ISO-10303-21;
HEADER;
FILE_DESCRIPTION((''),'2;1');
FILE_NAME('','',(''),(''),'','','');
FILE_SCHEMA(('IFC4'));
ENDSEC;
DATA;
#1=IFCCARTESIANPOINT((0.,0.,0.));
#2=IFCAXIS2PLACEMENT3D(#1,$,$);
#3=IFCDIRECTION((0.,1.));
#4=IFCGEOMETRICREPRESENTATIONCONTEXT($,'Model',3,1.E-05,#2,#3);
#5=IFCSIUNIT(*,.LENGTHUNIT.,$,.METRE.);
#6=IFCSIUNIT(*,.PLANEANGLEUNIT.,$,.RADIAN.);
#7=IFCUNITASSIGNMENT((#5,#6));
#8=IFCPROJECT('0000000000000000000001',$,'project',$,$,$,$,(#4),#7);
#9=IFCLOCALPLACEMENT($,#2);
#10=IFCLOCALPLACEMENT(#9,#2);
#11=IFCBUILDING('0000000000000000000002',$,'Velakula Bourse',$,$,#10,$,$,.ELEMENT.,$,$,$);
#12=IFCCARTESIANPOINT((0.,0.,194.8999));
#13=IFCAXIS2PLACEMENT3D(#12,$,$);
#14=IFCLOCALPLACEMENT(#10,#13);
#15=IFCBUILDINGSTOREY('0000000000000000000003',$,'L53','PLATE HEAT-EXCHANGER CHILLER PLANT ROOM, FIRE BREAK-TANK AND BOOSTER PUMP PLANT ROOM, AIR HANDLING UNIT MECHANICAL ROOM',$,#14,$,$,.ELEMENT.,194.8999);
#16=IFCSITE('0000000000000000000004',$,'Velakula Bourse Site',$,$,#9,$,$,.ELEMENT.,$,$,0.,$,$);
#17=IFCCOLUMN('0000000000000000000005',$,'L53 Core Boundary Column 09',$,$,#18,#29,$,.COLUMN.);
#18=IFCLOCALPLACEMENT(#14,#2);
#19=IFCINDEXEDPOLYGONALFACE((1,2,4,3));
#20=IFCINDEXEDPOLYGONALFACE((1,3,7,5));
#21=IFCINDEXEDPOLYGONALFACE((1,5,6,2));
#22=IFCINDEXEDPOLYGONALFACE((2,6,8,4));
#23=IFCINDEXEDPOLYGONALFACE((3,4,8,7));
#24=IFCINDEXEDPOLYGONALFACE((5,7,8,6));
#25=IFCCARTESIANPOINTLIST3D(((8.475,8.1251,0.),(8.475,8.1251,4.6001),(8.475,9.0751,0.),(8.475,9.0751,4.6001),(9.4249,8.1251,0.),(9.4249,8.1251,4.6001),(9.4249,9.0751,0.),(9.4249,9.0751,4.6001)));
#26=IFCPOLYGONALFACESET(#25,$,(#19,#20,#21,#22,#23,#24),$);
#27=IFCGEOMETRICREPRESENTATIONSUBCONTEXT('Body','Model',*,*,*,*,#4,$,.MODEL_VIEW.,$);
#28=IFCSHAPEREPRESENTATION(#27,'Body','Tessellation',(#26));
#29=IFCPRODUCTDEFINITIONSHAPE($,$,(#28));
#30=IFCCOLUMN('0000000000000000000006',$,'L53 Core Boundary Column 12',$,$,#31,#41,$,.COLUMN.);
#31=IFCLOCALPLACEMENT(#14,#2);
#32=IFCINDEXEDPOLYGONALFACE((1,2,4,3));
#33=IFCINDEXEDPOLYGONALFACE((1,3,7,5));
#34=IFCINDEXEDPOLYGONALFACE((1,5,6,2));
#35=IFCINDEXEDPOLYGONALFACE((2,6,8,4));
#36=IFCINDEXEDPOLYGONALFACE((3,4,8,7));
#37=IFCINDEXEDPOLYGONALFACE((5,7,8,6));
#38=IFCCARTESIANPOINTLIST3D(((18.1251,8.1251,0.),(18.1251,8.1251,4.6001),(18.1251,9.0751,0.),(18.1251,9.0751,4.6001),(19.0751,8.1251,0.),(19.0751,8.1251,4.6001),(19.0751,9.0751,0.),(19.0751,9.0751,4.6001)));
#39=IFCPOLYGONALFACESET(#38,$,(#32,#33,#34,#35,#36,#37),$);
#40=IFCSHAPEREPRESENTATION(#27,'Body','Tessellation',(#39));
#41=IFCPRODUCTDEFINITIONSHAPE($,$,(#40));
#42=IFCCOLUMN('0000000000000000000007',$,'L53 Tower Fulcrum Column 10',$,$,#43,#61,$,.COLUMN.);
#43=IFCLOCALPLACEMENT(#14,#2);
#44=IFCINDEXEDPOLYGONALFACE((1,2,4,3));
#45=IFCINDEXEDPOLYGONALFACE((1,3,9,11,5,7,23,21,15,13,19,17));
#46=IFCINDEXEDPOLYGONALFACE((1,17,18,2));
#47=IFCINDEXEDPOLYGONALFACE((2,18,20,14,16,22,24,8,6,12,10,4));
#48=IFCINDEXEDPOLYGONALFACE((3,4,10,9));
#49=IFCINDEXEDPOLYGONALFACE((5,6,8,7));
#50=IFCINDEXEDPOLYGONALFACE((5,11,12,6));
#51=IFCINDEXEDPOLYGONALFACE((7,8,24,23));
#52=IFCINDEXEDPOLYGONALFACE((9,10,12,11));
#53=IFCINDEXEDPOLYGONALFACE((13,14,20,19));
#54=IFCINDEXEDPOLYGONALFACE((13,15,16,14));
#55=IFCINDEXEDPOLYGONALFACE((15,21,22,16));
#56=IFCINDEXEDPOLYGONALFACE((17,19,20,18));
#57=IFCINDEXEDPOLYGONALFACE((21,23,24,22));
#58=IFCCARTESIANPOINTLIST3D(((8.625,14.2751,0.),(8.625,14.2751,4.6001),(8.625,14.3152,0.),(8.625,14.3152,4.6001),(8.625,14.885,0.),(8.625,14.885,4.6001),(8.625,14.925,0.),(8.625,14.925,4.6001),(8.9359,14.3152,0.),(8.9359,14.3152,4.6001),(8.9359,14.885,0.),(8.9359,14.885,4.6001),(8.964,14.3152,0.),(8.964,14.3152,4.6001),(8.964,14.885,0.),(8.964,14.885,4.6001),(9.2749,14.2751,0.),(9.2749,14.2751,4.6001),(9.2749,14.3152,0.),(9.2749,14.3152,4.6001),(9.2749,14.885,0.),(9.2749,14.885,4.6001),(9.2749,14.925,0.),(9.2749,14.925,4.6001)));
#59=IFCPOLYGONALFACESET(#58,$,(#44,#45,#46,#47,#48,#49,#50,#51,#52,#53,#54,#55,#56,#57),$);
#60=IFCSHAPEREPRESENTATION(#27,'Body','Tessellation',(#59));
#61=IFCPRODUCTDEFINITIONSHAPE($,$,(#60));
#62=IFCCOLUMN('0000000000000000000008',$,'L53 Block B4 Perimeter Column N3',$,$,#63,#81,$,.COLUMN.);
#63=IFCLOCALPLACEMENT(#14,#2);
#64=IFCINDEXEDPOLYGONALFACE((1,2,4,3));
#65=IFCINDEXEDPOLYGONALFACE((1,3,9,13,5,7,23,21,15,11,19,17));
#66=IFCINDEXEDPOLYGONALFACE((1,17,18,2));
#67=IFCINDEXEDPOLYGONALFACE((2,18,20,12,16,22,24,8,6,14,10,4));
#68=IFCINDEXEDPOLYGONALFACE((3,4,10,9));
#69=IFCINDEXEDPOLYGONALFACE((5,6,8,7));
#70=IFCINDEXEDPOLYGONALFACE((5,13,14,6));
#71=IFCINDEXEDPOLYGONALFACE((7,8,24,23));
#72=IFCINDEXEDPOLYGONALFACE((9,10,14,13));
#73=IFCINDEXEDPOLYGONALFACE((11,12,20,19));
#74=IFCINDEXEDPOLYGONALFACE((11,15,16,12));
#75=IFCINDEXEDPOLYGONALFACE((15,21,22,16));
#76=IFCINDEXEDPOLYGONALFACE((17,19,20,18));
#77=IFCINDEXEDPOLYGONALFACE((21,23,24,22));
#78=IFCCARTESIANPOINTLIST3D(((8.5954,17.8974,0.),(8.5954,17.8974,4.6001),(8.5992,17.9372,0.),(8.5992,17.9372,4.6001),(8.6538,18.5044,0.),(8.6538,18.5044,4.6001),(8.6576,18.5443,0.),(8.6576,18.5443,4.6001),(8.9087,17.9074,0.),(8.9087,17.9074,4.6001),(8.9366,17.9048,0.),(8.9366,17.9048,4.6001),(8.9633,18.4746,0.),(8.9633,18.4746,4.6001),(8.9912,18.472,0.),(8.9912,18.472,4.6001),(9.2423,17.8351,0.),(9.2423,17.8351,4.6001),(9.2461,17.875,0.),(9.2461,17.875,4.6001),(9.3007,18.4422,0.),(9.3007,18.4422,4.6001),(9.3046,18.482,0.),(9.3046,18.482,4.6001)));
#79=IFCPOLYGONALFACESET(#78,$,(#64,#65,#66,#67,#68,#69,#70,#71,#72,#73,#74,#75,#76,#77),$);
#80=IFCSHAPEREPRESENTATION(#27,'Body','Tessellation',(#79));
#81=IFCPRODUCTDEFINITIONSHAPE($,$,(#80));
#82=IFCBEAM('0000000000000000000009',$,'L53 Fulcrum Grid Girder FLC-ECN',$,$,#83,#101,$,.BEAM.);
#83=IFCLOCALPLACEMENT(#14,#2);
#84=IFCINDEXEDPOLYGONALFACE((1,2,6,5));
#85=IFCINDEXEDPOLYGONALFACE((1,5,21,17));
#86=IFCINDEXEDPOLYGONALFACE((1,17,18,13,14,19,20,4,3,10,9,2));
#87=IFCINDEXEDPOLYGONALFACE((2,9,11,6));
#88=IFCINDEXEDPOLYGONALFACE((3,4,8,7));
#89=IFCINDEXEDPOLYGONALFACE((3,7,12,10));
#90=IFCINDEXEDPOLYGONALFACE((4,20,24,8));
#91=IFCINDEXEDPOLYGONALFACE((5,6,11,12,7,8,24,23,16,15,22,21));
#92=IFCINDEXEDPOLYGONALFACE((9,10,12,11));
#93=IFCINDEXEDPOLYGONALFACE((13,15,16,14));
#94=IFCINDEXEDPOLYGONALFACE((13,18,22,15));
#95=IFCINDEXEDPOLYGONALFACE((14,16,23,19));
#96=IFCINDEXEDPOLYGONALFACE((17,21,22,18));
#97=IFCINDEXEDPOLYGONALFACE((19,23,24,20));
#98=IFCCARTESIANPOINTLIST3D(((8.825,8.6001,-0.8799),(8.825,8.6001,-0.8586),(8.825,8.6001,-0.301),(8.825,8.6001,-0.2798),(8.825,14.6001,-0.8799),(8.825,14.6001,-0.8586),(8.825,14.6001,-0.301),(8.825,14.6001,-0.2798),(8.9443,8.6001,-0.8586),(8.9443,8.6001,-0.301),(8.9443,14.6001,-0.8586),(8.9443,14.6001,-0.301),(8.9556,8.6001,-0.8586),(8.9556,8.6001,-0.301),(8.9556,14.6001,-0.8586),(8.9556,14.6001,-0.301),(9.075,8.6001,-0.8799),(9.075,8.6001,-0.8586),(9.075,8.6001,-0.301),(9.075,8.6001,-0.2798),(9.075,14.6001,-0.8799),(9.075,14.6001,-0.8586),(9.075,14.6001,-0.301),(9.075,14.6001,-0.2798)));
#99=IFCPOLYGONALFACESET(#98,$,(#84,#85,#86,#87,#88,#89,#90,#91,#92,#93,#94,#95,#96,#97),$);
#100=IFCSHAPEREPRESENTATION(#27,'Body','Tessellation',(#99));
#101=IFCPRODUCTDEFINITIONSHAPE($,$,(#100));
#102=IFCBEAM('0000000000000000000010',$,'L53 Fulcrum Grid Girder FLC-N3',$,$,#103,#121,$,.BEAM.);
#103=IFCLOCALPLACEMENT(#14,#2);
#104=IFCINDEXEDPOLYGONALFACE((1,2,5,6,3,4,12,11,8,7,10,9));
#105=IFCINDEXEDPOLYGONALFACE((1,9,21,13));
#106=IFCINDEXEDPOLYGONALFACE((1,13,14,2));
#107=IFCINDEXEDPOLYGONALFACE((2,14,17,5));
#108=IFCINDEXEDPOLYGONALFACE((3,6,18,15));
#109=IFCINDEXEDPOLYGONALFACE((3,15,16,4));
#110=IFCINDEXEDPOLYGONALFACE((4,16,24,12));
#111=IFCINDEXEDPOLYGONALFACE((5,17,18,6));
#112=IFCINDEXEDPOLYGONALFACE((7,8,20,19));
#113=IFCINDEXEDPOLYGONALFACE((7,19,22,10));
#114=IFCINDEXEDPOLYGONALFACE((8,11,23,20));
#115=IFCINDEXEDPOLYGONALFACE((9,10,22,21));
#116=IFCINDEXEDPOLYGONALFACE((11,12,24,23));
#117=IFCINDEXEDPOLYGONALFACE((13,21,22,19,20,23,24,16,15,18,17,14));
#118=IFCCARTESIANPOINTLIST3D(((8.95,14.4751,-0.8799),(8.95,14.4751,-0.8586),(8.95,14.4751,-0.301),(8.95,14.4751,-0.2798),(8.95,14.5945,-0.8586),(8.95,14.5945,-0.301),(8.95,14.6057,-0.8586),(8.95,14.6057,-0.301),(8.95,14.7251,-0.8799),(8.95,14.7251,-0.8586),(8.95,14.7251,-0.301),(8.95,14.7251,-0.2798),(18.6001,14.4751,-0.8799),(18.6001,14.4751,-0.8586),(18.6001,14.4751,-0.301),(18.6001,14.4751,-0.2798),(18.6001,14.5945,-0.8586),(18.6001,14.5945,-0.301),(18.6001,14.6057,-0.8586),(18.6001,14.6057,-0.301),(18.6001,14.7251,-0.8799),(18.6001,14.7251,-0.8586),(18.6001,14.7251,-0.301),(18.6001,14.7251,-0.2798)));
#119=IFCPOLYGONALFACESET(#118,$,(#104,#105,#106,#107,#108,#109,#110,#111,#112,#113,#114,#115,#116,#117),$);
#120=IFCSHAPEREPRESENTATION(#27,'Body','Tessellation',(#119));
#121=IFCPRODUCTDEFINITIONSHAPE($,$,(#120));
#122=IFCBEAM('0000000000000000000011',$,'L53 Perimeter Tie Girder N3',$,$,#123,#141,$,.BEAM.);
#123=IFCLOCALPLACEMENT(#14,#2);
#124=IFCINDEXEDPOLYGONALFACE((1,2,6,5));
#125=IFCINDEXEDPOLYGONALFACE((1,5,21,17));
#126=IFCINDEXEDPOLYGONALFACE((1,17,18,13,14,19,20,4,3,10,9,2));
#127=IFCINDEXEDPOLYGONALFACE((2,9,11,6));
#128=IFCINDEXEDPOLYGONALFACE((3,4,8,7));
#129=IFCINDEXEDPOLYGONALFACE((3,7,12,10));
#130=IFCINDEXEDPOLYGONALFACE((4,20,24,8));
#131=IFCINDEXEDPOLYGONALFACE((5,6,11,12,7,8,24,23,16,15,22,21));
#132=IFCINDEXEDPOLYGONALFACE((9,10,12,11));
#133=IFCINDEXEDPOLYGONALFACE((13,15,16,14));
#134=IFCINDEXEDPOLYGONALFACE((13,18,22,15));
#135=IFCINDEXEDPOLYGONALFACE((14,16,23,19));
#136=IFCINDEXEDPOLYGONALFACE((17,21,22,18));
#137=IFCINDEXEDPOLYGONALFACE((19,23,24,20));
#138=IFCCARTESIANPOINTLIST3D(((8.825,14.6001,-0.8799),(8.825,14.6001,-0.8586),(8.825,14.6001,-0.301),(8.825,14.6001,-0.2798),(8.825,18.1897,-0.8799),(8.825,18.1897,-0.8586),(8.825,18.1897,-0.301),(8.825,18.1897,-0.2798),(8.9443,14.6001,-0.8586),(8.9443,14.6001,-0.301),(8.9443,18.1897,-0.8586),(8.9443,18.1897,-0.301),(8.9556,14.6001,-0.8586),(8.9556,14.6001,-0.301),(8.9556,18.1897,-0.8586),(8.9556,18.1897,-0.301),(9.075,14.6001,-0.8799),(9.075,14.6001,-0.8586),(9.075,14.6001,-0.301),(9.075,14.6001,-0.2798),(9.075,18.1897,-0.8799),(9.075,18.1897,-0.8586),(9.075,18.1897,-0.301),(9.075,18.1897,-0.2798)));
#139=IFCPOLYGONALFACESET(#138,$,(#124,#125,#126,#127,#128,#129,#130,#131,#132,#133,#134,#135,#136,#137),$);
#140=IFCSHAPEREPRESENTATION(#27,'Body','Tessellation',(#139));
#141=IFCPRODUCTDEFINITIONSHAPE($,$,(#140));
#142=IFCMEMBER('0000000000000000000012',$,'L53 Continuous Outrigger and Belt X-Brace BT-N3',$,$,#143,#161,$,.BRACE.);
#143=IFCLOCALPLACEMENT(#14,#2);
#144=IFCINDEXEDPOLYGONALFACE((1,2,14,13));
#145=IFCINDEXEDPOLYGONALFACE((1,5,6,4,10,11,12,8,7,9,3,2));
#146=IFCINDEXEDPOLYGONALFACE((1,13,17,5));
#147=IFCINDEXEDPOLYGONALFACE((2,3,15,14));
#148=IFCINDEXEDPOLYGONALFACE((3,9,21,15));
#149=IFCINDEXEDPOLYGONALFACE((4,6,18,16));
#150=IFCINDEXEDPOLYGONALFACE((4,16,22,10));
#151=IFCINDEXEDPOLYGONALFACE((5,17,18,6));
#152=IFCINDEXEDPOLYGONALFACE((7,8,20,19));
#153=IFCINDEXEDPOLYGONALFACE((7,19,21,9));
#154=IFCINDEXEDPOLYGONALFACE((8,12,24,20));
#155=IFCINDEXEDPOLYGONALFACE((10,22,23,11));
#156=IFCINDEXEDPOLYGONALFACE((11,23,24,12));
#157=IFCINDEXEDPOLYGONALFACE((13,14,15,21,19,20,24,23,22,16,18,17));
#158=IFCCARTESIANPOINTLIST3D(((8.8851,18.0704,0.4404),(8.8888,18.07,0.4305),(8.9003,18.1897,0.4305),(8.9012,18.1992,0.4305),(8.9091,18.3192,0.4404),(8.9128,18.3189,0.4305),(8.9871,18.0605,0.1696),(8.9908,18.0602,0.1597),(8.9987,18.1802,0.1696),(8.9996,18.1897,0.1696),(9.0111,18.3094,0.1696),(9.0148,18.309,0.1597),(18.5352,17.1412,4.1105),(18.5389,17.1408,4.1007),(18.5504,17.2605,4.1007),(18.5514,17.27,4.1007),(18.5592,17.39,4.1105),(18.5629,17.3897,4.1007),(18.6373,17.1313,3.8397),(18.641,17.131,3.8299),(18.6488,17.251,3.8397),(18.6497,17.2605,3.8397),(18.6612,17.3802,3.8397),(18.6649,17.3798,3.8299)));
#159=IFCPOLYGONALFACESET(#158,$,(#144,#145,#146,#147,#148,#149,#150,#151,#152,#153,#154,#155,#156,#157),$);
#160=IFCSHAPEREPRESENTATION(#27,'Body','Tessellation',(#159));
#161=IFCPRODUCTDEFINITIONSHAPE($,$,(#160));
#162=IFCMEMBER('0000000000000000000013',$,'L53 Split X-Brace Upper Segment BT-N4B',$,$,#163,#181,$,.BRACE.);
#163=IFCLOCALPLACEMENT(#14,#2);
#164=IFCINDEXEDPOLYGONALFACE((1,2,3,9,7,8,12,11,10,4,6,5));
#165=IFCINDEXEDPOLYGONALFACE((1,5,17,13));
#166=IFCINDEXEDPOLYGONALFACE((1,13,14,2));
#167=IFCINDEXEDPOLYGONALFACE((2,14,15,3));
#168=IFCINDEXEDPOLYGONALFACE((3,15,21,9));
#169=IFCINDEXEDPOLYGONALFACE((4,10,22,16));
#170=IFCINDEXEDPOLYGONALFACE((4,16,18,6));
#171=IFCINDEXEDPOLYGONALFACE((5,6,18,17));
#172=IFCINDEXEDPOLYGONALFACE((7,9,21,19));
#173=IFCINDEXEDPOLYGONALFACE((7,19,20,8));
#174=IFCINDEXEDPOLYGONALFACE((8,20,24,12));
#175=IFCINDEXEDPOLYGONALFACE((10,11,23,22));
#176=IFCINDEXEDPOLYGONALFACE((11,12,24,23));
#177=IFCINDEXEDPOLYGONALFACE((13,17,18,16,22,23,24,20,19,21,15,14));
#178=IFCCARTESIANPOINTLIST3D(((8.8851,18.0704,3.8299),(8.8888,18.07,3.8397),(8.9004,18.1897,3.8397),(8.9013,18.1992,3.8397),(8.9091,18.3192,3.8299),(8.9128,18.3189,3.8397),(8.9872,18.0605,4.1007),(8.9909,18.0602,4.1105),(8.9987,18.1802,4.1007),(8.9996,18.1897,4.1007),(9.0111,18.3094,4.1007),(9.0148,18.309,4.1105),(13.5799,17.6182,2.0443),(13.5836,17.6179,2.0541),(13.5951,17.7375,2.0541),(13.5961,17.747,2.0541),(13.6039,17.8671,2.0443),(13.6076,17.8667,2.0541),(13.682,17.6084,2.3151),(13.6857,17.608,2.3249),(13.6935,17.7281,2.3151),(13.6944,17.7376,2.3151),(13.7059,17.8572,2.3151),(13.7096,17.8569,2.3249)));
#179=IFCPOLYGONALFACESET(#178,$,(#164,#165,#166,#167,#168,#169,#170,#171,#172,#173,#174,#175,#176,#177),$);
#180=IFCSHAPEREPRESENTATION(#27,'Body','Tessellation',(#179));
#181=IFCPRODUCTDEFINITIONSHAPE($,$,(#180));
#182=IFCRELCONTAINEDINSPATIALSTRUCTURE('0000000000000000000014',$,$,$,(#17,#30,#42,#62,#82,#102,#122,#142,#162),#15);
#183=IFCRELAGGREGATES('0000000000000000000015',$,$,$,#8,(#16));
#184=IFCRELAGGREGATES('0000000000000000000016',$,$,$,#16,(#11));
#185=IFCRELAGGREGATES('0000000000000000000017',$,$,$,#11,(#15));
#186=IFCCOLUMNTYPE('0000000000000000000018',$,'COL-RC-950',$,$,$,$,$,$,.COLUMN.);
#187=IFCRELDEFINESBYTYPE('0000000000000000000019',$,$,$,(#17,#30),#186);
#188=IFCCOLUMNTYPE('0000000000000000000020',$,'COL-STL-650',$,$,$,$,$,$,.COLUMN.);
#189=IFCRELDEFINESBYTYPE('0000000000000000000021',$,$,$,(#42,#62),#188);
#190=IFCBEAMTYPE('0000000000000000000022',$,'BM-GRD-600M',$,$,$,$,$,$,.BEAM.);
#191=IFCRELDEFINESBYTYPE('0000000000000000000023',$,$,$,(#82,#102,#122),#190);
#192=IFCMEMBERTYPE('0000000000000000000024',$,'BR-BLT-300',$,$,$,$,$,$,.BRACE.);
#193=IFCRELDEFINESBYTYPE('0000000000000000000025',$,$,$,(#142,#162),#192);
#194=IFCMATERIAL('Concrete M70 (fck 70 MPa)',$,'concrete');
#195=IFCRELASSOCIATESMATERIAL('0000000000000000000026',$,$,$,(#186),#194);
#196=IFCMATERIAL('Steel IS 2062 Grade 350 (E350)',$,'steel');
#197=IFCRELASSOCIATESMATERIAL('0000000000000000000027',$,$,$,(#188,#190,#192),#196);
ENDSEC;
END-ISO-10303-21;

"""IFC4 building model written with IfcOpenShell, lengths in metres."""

from ifc_helpers import new_model, si_unit, direction, frame, origin, origin_2d, place, context, subcontext, project, spatial, rectangle, i_section, extrude, material, material_profile, profile_set, type_object, element, save


model = new_model("IFC4")

# Units and contexts
model_context = context("Model", 3, precision=1e-05, world=origin(), true_north=direction((0.0, 1.0)))
body_context = subcontext(model_context, "Body", "Model", "MODEL_VIEW")
ifc_project = project(units=[si_unit("LENGTHUNIT", "METRE"), si_unit("PLANEANGLEUNIT", "RADIAN")], contexts=[model_context])

# Site, building, storey
site_placement = place(None, origin())
site = spatial("IfcSite", under=ifc_project, at=site_placement, Name="Velakula Bourse Site", CompositionType="ELEMENT", RefElevation=0.0)
building_placement = place(site_placement, origin())
building = spatial("IfcBuilding", under=site, at=building_placement, Name="Velakula Bourse", CompositionType="ELEMENT")
storey_placement = place(building_placement, frame((0.0, 0.0, 194.8999)))
storey = spatial("IfcBuildingStorey", under=building, at=storey_placement, Name="L53", Description="PLATE HEAT-EXCHANGER CHILLER PLANT ROOM, FIRE BREAK-TANK AND BOOSTER PUMP PLANT ROOM, AIR HANDLING UNIT MECHANICAL ROOM", CompositionType="ELEMENT", Elevation=194.8999)

# Columns
ifc_material_1 = material(Name="Concrete M70 (fck 70 MPa)", Category="concrete")
ifc_material_profile_1 = material_profile(ifc_material_1, rectangle(XDim=0.95, YDim=0.95, at=origin_2d()), Name="Concrete M70 (fck 70 MPa)")
ifc_profile_set_1 = profile_set([ifc_material_profile_1], Name="Concrete M70 (fck 70 MPa)")
column_type_1 = type_object("IfcColumnType", Name="COL-RC-950", PredefinedType="COLUMN", material=ifc_profile_set_1)
for number, where, z_axis, x_axis, name in (
    (1, (8.95, 8.6001, 0.0), (0.0, 0.0, 1.0), (1.0, 0.0, 0.0), "L53 Core Boundary Column 09"),
    (2, (18.6001, 8.6001, 0.0), (0.0, 0.0, 1.0), (1.0, 0.0, 0.0), "L53 Core Boundary Column 12"),
):
    element("IfcColumn", number, at=place(storey_placement, frame(where, z_axis=z_axis, x_axis=x_axis)), inside=storey, type_object=column_type_1, Name=name, PredefinedType="COLUMN", context=body_context, shape_type="SweptSolid", body=[
        extrude(rectangle(XDim=0.95, YDim=0.95, at=origin_2d()), origin(), (0.0, 0.0, 1.0), 4.6001),
    ])
ifc_material_2 = material(Name="Steel IS 2062 Grade 350 (E350)", Category="steel")
ifc_material_profile_2 = material_profile(ifc_material_2, i_section(OverallWidth=0.6499, OverallDepth=0.6499, WebThickness=0.0281, FlangeThickness=0.04, at=origin_2d()), Name="Steel IS 2062 Grade 350 (E350)")
ifc_profile_set_2 = profile_set([ifc_material_profile_2], Name="Steel IS 2062 Grade 350 (E350)")
column_type_2 = type_object("IfcColumnType", Name="COL-STL-650", PredefinedType="COLUMN", material=ifc_profile_set_2)
for number, where, z_axis, x_axis, name in (
    (3, (8.95, 14.6001, 0.0), (0.0, 0.0, 1.0), (1.0, 0.0, 0.0), "L53 Tower Fulcrum Column 10"),
    (4, (8.95, 18.1897, 0.0), (0.0, 0.0, 1.0), (0.995396, -0.095846, 0.0), "L53 Block B4 Perimeter Column N3"),
):
    element("IfcColumn", number, at=place(storey_placement, frame(where, z_axis=z_axis, x_axis=x_axis)), inside=storey, type_object=column_type_2, Name=name, PredefinedType="COLUMN", context=body_context, shape_type="SweptSolid", body=[
        extrude(i_section(OverallWidth=0.6499, OverallDepth=0.6499, WebThickness=0.0281, FlangeThickness=0.04, at=origin_2d()), origin(), (0.0, 0.0, 1.0), 4.6001),
    ])

# Beams
ifc_material_profile_3 = material_profile(ifc_material_2, i_section(OverallWidth=0.25, OverallDepth=0.6001, WebThickness=0.0112, FlangeThickness=0.0212, at=origin_2d()), Name="Steel IS 2062 Grade 350 (E350)")
ifc_profile_set_3 = profile_set([ifc_material_profile_3], Name="Steel IS 2062 Grade 350 (E350)")
beam_type_1 = type_object("IfcBeamType", Name="BM-GRD-600M", PredefinedType="BEAM", material=ifc_profile_set_3)
beam_1_placement = place(storey_placement, frame((8.95, 8.6001, -0.5798), z_axis=(0.0, 1.0, 0.0), x_axis=(-1.0, 0.0, 0.0)))
element("IfcBeam", 5, at=beam_1_placement, inside=storey, type_object=beam_type_1, Name="L53 Fulcrum Grid Girder FLC-ECN", PredefinedType="BEAM", context=body_context, shape_type="SweptSolid", body=[
    extrude(i_section(OverallWidth=0.25, OverallDepth=0.6001, WebThickness=0.0112, FlangeThickness=0.0212, at=origin_2d()), origin(), (0.0, 0.0, 1.0), 6.0),
])
beam_2_placement = place(storey_placement, frame((8.95, 14.6001, -0.5798), z_axis=(1.0, 0.0, 0.0), x_axis=(0.0, 1.0, 0.0)))
element("IfcBeam", 6, at=beam_2_placement, inside=storey, type_object=beam_type_1, Name="L53 Fulcrum Grid Girder FLC-N3", PredefinedType="BEAM", context=body_context, shape_type="SweptSolid", body=[
    extrude(i_section(OverallWidth=0.25, OverallDepth=0.6001, WebThickness=0.0112, FlangeThickness=0.0212, at=origin_2d()), origin(), (0.0, 0.0, 1.0), 9.6501),
])
beam_3_placement = place(storey_placement, frame((8.95, 14.6001, -0.5798), z_axis=(0.0, 1.0, 0.0), x_axis=(-1.0, 0.0, 0.0)))
element("IfcBeam", 7, at=beam_3_placement, inside=storey, type_object=beam_type_1, Name="L53 Perimeter Tie Girder N3", PredefinedType="BEAM", context=body_context, shape_type="SweptSolid", body=[
    extrude(i_section(OverallWidth=0.25, OverallDepth=0.6001, WebThickness=0.0112, FlangeThickness=0.0212, at=origin_2d()), origin(), (0.0, 0.0, 1.0), 3.5896),
])

# Members
ifc_material_profile_4 = material_profile(ifc_material_2, i_section(OverallWidth=0.25, OverallDepth=0.3, WebThickness=0.0095, FlangeThickness=0.0105, at=origin_2d()), Name="Steel IS 2062 Grade 350 (E350)")
ifc_profile_set_4 = profile_set([ifc_material_profile_4], Name="Steel IS 2062 Grade 350 (E350)")
member_type = type_object("IfcMemberType", Name="BR-BLT-300", PredefinedType="BRACE", material=ifc_profile_set_4)
member_1_placement = place(storey_placement, frame((8.95, 18.1897, 0.3), z_axis=(0.930921, -0.089637, 0.35405), x_axis=(0.095845, 0.995396, 0.0)))
element("IfcMember", 8, at=member_1_placement, inside=storey, type_object=member_type, Name="L53 Continuous Outrigger and Belt X-Brace BT-N3", PredefinedType="BRACE", context=body_context, shape_type="SweptSolid", body=[
    extrude(i_section(OverallWidth=0.25, OverallDepth=0.3, WebThickness=0.0095, FlangeThickness=0.0105, at=origin_2d()), origin(), (0.0, 0.0, 1.0), 10.3662),
])
member_2_placement = place(storey_placement, frame((13.6448, 17.7375, 2.1846), z_axis=(-0.930913, 0.089654, 0.354066), x_axis=(-0.095864, -0.995394, 0.0)))
element("IfcMember", 9, at=member_2_placement, inside=storey, type_object=member_type, Name="L53 Split X-Brace Upper Segment BT-N4B", PredefinedType="BRACE", context=body_context, shape_type="SweptSolid", body=[
    extrude(i_section(OverallWidth=0.25, OverallDepth=0.3, WebThickness=0.0095, FlangeThickness=0.0105, at=origin_2d()), origin(), (0.0, 0.0, 1.0), 5.0432),
])

save(model, "model.ifc")
